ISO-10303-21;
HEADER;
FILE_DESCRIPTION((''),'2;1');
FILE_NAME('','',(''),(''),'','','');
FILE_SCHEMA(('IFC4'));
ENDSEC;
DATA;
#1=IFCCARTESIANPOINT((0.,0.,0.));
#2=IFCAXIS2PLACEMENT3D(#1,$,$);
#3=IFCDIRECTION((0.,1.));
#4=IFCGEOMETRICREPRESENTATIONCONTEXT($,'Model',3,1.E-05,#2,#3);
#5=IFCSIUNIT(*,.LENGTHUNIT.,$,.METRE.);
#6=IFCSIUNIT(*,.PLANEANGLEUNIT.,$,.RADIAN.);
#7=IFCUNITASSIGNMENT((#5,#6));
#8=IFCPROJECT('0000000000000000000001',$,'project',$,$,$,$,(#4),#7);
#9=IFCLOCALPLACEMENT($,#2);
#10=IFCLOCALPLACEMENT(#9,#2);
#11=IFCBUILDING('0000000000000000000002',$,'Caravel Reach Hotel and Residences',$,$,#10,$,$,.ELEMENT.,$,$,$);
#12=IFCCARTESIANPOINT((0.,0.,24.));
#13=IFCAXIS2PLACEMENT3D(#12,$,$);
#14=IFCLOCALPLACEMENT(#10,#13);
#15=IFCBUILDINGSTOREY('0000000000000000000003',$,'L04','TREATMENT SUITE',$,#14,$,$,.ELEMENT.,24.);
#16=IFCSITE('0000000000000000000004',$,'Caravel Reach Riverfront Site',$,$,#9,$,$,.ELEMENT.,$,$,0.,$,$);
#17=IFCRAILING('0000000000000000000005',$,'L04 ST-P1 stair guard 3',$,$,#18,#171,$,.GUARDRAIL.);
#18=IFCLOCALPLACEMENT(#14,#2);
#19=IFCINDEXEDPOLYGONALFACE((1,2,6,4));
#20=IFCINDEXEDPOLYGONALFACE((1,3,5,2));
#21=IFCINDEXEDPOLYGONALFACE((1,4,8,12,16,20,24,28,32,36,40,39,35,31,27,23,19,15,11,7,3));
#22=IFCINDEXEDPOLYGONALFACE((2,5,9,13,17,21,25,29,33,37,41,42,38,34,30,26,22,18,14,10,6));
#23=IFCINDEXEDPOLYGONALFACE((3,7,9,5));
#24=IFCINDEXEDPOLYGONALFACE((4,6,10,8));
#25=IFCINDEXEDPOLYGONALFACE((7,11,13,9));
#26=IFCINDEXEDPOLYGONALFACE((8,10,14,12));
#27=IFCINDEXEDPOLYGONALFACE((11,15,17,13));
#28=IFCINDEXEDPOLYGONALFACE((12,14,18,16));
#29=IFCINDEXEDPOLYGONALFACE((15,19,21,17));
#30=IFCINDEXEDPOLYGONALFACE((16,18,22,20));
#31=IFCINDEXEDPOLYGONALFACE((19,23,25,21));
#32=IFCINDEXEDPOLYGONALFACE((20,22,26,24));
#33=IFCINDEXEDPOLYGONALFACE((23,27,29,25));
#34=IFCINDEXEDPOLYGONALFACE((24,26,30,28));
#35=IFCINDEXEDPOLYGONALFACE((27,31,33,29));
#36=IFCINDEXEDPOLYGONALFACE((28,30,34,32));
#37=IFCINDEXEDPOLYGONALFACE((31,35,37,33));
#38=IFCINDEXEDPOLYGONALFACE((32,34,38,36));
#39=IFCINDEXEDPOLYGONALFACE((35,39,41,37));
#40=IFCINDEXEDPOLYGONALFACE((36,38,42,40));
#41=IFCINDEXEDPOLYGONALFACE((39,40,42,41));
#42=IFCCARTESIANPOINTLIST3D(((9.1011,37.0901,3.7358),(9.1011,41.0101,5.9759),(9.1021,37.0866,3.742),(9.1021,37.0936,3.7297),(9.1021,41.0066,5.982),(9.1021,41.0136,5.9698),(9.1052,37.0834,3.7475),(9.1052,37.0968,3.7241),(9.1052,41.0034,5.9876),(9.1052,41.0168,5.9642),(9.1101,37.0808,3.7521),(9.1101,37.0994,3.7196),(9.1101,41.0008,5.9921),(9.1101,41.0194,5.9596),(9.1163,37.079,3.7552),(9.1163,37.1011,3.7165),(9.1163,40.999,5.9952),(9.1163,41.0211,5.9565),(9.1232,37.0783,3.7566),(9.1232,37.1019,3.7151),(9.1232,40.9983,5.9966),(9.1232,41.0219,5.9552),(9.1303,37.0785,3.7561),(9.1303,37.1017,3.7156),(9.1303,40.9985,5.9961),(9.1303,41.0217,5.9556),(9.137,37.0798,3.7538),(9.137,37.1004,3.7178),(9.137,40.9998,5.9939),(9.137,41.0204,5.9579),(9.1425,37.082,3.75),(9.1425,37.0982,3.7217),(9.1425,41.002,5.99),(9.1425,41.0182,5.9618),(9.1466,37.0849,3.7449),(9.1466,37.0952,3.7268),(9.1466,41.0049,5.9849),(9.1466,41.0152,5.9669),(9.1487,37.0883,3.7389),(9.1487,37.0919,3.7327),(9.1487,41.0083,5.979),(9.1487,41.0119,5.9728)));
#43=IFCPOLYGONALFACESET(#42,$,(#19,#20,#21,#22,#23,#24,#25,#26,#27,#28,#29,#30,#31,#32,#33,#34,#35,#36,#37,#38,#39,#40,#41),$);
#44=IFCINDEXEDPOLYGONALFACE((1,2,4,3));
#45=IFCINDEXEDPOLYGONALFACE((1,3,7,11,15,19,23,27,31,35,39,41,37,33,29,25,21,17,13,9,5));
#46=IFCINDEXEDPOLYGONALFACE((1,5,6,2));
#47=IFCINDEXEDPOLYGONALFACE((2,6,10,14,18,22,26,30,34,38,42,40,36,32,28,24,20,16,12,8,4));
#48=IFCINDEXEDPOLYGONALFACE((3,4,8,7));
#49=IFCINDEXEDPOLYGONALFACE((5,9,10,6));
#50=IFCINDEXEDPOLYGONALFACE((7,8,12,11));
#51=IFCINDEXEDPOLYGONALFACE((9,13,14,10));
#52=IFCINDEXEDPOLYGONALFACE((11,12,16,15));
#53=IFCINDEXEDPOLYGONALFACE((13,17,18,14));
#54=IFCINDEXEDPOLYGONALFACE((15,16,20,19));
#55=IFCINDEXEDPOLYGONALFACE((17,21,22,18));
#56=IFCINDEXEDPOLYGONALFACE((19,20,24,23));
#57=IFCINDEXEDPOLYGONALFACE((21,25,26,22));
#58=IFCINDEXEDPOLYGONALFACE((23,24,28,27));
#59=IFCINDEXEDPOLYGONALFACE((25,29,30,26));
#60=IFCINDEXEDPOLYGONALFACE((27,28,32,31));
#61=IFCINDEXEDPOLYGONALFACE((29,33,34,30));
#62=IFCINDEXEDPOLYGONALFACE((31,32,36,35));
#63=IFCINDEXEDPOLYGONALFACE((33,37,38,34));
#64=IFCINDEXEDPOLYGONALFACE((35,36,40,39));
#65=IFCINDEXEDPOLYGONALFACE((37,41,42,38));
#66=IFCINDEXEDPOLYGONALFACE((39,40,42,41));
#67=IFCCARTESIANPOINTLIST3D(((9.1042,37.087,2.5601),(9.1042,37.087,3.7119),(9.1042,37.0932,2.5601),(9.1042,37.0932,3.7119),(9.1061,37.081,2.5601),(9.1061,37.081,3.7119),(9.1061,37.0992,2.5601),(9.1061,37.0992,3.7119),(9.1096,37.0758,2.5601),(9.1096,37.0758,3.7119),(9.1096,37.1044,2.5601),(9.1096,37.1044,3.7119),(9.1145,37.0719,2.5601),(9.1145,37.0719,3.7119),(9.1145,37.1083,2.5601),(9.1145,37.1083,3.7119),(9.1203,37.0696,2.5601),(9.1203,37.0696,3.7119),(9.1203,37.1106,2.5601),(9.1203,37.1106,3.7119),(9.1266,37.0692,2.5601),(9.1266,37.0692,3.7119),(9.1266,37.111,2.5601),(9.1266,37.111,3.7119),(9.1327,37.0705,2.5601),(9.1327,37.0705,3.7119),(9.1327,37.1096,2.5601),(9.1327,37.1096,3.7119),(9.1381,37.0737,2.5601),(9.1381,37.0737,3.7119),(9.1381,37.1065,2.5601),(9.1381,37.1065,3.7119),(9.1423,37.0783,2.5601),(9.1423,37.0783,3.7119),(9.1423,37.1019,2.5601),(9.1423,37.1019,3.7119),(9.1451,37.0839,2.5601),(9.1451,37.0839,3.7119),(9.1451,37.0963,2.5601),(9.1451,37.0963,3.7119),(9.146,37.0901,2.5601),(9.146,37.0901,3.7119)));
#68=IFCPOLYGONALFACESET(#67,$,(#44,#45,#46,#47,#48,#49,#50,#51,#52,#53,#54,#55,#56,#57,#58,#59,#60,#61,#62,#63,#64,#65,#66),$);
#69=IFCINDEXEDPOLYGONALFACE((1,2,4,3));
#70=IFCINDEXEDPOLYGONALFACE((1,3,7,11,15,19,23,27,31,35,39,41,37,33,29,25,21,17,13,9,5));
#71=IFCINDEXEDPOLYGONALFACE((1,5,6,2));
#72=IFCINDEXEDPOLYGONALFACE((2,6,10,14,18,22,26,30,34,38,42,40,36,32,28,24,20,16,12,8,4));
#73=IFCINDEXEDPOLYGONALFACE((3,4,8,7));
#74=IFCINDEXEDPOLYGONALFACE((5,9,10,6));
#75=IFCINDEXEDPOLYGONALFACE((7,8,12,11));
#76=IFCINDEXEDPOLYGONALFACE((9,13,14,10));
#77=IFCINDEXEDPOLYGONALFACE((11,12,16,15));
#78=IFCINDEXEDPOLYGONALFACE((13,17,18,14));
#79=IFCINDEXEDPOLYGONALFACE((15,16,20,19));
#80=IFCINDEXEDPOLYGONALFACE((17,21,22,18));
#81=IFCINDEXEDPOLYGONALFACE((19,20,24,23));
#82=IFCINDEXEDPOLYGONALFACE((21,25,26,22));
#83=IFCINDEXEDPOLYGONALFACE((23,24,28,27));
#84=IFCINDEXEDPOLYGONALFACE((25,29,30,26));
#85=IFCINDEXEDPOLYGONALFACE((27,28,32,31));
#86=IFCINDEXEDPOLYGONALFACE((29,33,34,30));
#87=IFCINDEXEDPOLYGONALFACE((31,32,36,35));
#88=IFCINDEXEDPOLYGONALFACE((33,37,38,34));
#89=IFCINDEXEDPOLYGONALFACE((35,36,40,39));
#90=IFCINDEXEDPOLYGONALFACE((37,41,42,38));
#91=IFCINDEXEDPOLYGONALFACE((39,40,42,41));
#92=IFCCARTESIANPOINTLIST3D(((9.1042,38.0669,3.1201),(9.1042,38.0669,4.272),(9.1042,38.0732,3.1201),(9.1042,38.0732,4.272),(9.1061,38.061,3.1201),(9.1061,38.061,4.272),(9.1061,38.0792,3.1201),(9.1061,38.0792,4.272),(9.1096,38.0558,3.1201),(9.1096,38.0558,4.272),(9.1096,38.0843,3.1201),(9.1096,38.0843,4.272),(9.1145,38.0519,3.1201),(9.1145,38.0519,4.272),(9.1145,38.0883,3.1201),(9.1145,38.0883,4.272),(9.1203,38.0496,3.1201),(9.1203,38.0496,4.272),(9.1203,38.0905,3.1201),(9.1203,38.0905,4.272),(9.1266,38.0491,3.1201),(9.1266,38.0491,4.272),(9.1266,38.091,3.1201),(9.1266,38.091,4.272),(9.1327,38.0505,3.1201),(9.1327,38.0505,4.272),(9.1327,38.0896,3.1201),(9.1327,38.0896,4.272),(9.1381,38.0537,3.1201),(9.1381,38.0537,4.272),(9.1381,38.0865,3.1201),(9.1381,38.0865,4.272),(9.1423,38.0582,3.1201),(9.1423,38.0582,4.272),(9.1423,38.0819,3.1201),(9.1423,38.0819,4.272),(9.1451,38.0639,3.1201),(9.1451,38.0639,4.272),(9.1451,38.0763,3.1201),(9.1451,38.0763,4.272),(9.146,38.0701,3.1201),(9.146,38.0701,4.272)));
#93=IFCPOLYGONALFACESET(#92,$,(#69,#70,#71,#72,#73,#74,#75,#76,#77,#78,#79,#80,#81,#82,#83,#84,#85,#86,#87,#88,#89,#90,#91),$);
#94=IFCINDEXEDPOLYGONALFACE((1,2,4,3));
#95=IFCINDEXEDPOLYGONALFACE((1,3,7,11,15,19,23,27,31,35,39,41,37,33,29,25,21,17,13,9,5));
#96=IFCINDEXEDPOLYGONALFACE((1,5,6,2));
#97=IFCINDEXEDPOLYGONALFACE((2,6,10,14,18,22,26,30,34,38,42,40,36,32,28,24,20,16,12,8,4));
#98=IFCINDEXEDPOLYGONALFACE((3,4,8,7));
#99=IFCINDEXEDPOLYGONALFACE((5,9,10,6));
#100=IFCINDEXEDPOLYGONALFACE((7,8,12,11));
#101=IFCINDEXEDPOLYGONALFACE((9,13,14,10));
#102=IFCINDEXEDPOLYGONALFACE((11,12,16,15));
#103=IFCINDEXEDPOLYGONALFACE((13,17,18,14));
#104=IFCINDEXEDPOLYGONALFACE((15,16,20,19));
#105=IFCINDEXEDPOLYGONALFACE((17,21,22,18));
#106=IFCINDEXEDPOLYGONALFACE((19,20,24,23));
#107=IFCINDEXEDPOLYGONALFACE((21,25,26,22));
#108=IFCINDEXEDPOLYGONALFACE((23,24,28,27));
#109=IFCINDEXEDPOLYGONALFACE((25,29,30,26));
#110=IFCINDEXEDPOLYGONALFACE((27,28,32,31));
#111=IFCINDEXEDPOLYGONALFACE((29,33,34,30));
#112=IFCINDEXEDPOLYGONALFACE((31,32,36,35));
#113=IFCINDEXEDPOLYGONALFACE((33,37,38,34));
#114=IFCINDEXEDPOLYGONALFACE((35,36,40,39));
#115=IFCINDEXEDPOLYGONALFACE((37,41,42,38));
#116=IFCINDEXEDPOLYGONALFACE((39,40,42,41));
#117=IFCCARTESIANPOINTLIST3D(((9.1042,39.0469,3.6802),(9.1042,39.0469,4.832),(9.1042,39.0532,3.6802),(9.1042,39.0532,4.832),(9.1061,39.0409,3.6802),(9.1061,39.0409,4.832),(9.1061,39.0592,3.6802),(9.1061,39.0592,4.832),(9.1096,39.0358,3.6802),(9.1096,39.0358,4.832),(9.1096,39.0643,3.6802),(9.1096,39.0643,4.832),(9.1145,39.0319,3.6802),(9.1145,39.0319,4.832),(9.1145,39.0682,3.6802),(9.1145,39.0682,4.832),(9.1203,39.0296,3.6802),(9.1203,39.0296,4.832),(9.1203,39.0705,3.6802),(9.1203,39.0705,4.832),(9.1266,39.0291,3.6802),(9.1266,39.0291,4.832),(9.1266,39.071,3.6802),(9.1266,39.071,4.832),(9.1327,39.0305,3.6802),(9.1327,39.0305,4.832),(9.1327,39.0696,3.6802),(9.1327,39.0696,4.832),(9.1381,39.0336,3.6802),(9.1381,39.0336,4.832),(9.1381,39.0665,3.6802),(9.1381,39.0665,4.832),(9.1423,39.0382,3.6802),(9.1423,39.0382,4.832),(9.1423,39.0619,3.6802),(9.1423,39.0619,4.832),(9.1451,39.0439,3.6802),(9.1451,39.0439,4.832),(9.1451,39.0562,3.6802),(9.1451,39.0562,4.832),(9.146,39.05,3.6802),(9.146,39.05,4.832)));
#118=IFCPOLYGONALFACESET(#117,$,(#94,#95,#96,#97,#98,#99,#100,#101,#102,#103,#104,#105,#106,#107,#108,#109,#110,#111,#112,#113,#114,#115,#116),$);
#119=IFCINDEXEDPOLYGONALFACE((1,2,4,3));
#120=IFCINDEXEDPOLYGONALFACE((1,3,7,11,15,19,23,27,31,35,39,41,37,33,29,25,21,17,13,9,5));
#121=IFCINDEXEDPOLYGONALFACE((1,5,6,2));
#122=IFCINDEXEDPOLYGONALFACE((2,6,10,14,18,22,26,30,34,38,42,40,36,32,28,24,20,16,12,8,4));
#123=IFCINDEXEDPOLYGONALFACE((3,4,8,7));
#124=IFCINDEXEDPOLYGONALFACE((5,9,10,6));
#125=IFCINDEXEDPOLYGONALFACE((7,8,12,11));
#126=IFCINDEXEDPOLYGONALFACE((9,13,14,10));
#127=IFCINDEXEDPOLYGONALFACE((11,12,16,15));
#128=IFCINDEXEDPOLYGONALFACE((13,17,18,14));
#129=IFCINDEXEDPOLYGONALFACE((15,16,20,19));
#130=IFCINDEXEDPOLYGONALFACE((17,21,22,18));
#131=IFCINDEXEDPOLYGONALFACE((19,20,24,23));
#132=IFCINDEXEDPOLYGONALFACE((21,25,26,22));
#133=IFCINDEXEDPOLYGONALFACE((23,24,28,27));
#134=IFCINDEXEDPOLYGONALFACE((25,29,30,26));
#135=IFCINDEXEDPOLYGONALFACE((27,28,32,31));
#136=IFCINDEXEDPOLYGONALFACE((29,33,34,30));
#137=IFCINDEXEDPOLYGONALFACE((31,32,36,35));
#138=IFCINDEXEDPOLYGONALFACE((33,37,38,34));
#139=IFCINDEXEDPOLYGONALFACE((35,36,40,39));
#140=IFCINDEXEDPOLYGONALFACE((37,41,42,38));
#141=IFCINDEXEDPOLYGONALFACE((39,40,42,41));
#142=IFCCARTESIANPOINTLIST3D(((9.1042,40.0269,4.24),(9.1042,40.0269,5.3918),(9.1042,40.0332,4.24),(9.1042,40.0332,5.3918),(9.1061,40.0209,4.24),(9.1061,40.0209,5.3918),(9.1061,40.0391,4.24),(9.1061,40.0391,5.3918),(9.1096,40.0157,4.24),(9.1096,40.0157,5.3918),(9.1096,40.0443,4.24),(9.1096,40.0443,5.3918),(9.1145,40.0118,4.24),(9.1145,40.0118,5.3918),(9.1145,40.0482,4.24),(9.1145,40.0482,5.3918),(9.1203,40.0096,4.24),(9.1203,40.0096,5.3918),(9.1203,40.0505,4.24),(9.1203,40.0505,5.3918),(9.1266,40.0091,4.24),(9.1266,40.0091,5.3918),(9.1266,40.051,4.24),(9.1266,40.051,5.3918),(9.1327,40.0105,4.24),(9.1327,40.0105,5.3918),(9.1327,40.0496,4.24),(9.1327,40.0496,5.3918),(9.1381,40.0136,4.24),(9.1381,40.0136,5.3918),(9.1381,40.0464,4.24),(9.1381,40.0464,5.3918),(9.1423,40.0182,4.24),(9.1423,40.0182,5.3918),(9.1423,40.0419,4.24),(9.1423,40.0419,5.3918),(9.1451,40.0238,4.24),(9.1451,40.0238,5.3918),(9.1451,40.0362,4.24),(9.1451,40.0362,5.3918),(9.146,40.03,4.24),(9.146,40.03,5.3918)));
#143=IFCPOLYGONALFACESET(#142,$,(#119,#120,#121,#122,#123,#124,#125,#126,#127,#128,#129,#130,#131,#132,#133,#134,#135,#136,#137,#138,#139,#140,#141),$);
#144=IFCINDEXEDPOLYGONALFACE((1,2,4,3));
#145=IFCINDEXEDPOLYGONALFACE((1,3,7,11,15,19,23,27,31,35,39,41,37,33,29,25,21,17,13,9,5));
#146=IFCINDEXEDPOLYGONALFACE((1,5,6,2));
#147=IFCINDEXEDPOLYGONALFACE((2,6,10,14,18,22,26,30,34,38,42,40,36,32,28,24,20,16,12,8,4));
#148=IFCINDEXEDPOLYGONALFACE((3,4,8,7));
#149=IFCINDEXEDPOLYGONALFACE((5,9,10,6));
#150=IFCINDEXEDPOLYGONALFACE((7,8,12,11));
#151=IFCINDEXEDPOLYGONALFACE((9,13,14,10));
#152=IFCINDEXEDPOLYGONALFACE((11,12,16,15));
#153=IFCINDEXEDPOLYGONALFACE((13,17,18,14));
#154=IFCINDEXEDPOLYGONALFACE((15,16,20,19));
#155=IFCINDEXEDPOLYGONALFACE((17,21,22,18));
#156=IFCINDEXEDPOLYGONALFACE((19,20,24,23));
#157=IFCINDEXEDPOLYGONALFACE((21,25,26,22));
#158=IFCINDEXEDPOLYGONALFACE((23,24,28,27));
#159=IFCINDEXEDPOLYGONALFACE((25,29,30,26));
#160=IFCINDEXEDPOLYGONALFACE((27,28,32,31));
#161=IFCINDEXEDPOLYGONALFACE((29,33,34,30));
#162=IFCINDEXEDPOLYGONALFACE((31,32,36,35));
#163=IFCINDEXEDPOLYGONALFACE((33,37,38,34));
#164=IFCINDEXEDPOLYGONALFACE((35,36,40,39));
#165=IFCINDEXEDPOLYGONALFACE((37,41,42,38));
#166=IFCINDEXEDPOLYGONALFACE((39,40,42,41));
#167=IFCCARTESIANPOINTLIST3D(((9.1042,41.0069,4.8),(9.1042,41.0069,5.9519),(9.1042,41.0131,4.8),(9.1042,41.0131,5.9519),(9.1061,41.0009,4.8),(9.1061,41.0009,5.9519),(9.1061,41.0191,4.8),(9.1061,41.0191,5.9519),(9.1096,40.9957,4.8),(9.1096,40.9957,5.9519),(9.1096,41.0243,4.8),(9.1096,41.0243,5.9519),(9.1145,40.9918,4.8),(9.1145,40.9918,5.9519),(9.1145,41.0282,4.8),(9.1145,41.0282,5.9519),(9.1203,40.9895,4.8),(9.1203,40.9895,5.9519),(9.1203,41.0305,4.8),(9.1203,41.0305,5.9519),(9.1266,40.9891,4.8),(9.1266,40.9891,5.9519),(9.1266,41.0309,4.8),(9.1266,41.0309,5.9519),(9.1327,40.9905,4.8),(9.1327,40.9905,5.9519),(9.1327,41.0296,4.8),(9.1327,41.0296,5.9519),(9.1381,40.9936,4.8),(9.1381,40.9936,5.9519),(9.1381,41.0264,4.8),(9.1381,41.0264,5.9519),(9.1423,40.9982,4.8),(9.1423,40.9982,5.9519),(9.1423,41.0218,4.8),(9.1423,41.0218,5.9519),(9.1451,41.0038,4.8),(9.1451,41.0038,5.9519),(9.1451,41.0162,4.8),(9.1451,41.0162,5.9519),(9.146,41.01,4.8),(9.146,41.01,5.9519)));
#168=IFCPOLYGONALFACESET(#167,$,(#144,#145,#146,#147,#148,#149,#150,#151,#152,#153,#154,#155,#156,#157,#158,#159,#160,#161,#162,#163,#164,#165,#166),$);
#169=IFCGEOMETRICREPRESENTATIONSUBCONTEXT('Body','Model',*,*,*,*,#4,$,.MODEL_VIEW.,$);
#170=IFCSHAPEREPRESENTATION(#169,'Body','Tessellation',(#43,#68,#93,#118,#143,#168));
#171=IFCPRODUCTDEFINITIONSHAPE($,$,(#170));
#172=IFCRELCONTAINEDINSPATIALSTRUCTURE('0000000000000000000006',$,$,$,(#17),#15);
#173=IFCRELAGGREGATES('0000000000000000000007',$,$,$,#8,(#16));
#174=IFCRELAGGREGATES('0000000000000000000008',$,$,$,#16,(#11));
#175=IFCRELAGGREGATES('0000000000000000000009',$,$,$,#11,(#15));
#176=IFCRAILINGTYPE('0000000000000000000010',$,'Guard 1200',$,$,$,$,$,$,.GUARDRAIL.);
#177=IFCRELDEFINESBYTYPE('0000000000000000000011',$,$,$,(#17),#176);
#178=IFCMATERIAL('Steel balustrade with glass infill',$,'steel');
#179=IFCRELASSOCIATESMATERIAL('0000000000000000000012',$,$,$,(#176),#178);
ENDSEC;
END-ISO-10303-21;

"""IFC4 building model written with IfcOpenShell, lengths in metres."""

from ifc_helpers import new_model, si_unit, direction, frame, origin, origin_2d, place, context, subcontext, project, spatial, circle, extrude, material, type_object, element, save


model = new_model("IFC4")

# Units and contexts
model_context = context("Model", 3, precision=1e-05, world=origin(), true_north=direction((0.0, 1.0)))
body_context = subcontext(model_context, "Body", "Model", "MODEL_VIEW")
ifc_project = project(units=[si_unit("LENGTHUNIT", "METRE"), si_unit("PLANEANGLEUNIT", "RADIAN")], contexts=[model_context])

# Site, building, storey
site_placement = place(None, origin())
site = spatial("IfcSite", under=ifc_project, at=site_placement, Name="Caravel Reach Riverfront Site", CompositionType="ELEMENT", RefElevation=0.0)
building_placement = place(site_placement, origin())
building = spatial("IfcBuilding", under=site, at=building_placement, Name="Caravel Reach Hotel and Residences", CompositionType="ELEMENT")
storey_placement = place(building_placement, frame((0.0, 0.0, 24.0)))
storey = spatial("IfcBuildingStorey", under=building, at=storey_placement, Name="L04", Description="TREATMENT SUITE", CompositionType="ELEMENT", Elevation=24.0)

# Railing
ifc_material_1 = material(Name="Steel balustrade with glass infill", Category="steel")
railing_type_1 = type_object("IfcRailingType", Name="Guard 1200", PredefinedType="GUARDRAIL", material=ifc_material_1)
railing_1_placement = place(storey_placement, frame((9.125, 37.0901, 2.5601)))
element("IfcRailing", 1, at=railing_1_placement, inside=storey, type_object=railing_type_1, Name="L04 ST-P1 stair guard 3", PredefinedType="GUARDRAIL", context=body_context, shape_type="SweptSolid", body=[
    extrude(circle(Radius=0.0239, at=origin_2d()), frame((0.0, 0.0, 1.1758), z_axis=(0.0, 0.86824, 0.496145), x_axis=(-1.0, 0.0, 0.0)), (0.0, 0.0, 1.0), 4.5149),
    extrude(circle(Radius=0.021, at=origin_2d()), origin(), (0.0, 0.0, 1.0), 1.1519),
    extrude(circle(Radius=0.021, at=origin_2d()), frame((0.0, 0.98, 0.5601)), (0.0, 0.0, 1.0), 1.1519),
    extrude(circle(Radius=0.021, at=origin_2d()), frame((0.0, 1.96, 1.1201)), (0.0, 0.0, 1.0), 1.1519),
    extrude(circle(Radius=0.021, at=origin_2d()), frame((0.0, 2.9399, 1.6799)), (0.0, 0.0, 1.0), 1.1519),
    extrude(circle(Radius=0.021, at=origin_2d()), frame((0.0, 3.9199, 2.24)), (0.0, 0.0, 1.0), 1.1519),
])

save(model, "model.ifc")
